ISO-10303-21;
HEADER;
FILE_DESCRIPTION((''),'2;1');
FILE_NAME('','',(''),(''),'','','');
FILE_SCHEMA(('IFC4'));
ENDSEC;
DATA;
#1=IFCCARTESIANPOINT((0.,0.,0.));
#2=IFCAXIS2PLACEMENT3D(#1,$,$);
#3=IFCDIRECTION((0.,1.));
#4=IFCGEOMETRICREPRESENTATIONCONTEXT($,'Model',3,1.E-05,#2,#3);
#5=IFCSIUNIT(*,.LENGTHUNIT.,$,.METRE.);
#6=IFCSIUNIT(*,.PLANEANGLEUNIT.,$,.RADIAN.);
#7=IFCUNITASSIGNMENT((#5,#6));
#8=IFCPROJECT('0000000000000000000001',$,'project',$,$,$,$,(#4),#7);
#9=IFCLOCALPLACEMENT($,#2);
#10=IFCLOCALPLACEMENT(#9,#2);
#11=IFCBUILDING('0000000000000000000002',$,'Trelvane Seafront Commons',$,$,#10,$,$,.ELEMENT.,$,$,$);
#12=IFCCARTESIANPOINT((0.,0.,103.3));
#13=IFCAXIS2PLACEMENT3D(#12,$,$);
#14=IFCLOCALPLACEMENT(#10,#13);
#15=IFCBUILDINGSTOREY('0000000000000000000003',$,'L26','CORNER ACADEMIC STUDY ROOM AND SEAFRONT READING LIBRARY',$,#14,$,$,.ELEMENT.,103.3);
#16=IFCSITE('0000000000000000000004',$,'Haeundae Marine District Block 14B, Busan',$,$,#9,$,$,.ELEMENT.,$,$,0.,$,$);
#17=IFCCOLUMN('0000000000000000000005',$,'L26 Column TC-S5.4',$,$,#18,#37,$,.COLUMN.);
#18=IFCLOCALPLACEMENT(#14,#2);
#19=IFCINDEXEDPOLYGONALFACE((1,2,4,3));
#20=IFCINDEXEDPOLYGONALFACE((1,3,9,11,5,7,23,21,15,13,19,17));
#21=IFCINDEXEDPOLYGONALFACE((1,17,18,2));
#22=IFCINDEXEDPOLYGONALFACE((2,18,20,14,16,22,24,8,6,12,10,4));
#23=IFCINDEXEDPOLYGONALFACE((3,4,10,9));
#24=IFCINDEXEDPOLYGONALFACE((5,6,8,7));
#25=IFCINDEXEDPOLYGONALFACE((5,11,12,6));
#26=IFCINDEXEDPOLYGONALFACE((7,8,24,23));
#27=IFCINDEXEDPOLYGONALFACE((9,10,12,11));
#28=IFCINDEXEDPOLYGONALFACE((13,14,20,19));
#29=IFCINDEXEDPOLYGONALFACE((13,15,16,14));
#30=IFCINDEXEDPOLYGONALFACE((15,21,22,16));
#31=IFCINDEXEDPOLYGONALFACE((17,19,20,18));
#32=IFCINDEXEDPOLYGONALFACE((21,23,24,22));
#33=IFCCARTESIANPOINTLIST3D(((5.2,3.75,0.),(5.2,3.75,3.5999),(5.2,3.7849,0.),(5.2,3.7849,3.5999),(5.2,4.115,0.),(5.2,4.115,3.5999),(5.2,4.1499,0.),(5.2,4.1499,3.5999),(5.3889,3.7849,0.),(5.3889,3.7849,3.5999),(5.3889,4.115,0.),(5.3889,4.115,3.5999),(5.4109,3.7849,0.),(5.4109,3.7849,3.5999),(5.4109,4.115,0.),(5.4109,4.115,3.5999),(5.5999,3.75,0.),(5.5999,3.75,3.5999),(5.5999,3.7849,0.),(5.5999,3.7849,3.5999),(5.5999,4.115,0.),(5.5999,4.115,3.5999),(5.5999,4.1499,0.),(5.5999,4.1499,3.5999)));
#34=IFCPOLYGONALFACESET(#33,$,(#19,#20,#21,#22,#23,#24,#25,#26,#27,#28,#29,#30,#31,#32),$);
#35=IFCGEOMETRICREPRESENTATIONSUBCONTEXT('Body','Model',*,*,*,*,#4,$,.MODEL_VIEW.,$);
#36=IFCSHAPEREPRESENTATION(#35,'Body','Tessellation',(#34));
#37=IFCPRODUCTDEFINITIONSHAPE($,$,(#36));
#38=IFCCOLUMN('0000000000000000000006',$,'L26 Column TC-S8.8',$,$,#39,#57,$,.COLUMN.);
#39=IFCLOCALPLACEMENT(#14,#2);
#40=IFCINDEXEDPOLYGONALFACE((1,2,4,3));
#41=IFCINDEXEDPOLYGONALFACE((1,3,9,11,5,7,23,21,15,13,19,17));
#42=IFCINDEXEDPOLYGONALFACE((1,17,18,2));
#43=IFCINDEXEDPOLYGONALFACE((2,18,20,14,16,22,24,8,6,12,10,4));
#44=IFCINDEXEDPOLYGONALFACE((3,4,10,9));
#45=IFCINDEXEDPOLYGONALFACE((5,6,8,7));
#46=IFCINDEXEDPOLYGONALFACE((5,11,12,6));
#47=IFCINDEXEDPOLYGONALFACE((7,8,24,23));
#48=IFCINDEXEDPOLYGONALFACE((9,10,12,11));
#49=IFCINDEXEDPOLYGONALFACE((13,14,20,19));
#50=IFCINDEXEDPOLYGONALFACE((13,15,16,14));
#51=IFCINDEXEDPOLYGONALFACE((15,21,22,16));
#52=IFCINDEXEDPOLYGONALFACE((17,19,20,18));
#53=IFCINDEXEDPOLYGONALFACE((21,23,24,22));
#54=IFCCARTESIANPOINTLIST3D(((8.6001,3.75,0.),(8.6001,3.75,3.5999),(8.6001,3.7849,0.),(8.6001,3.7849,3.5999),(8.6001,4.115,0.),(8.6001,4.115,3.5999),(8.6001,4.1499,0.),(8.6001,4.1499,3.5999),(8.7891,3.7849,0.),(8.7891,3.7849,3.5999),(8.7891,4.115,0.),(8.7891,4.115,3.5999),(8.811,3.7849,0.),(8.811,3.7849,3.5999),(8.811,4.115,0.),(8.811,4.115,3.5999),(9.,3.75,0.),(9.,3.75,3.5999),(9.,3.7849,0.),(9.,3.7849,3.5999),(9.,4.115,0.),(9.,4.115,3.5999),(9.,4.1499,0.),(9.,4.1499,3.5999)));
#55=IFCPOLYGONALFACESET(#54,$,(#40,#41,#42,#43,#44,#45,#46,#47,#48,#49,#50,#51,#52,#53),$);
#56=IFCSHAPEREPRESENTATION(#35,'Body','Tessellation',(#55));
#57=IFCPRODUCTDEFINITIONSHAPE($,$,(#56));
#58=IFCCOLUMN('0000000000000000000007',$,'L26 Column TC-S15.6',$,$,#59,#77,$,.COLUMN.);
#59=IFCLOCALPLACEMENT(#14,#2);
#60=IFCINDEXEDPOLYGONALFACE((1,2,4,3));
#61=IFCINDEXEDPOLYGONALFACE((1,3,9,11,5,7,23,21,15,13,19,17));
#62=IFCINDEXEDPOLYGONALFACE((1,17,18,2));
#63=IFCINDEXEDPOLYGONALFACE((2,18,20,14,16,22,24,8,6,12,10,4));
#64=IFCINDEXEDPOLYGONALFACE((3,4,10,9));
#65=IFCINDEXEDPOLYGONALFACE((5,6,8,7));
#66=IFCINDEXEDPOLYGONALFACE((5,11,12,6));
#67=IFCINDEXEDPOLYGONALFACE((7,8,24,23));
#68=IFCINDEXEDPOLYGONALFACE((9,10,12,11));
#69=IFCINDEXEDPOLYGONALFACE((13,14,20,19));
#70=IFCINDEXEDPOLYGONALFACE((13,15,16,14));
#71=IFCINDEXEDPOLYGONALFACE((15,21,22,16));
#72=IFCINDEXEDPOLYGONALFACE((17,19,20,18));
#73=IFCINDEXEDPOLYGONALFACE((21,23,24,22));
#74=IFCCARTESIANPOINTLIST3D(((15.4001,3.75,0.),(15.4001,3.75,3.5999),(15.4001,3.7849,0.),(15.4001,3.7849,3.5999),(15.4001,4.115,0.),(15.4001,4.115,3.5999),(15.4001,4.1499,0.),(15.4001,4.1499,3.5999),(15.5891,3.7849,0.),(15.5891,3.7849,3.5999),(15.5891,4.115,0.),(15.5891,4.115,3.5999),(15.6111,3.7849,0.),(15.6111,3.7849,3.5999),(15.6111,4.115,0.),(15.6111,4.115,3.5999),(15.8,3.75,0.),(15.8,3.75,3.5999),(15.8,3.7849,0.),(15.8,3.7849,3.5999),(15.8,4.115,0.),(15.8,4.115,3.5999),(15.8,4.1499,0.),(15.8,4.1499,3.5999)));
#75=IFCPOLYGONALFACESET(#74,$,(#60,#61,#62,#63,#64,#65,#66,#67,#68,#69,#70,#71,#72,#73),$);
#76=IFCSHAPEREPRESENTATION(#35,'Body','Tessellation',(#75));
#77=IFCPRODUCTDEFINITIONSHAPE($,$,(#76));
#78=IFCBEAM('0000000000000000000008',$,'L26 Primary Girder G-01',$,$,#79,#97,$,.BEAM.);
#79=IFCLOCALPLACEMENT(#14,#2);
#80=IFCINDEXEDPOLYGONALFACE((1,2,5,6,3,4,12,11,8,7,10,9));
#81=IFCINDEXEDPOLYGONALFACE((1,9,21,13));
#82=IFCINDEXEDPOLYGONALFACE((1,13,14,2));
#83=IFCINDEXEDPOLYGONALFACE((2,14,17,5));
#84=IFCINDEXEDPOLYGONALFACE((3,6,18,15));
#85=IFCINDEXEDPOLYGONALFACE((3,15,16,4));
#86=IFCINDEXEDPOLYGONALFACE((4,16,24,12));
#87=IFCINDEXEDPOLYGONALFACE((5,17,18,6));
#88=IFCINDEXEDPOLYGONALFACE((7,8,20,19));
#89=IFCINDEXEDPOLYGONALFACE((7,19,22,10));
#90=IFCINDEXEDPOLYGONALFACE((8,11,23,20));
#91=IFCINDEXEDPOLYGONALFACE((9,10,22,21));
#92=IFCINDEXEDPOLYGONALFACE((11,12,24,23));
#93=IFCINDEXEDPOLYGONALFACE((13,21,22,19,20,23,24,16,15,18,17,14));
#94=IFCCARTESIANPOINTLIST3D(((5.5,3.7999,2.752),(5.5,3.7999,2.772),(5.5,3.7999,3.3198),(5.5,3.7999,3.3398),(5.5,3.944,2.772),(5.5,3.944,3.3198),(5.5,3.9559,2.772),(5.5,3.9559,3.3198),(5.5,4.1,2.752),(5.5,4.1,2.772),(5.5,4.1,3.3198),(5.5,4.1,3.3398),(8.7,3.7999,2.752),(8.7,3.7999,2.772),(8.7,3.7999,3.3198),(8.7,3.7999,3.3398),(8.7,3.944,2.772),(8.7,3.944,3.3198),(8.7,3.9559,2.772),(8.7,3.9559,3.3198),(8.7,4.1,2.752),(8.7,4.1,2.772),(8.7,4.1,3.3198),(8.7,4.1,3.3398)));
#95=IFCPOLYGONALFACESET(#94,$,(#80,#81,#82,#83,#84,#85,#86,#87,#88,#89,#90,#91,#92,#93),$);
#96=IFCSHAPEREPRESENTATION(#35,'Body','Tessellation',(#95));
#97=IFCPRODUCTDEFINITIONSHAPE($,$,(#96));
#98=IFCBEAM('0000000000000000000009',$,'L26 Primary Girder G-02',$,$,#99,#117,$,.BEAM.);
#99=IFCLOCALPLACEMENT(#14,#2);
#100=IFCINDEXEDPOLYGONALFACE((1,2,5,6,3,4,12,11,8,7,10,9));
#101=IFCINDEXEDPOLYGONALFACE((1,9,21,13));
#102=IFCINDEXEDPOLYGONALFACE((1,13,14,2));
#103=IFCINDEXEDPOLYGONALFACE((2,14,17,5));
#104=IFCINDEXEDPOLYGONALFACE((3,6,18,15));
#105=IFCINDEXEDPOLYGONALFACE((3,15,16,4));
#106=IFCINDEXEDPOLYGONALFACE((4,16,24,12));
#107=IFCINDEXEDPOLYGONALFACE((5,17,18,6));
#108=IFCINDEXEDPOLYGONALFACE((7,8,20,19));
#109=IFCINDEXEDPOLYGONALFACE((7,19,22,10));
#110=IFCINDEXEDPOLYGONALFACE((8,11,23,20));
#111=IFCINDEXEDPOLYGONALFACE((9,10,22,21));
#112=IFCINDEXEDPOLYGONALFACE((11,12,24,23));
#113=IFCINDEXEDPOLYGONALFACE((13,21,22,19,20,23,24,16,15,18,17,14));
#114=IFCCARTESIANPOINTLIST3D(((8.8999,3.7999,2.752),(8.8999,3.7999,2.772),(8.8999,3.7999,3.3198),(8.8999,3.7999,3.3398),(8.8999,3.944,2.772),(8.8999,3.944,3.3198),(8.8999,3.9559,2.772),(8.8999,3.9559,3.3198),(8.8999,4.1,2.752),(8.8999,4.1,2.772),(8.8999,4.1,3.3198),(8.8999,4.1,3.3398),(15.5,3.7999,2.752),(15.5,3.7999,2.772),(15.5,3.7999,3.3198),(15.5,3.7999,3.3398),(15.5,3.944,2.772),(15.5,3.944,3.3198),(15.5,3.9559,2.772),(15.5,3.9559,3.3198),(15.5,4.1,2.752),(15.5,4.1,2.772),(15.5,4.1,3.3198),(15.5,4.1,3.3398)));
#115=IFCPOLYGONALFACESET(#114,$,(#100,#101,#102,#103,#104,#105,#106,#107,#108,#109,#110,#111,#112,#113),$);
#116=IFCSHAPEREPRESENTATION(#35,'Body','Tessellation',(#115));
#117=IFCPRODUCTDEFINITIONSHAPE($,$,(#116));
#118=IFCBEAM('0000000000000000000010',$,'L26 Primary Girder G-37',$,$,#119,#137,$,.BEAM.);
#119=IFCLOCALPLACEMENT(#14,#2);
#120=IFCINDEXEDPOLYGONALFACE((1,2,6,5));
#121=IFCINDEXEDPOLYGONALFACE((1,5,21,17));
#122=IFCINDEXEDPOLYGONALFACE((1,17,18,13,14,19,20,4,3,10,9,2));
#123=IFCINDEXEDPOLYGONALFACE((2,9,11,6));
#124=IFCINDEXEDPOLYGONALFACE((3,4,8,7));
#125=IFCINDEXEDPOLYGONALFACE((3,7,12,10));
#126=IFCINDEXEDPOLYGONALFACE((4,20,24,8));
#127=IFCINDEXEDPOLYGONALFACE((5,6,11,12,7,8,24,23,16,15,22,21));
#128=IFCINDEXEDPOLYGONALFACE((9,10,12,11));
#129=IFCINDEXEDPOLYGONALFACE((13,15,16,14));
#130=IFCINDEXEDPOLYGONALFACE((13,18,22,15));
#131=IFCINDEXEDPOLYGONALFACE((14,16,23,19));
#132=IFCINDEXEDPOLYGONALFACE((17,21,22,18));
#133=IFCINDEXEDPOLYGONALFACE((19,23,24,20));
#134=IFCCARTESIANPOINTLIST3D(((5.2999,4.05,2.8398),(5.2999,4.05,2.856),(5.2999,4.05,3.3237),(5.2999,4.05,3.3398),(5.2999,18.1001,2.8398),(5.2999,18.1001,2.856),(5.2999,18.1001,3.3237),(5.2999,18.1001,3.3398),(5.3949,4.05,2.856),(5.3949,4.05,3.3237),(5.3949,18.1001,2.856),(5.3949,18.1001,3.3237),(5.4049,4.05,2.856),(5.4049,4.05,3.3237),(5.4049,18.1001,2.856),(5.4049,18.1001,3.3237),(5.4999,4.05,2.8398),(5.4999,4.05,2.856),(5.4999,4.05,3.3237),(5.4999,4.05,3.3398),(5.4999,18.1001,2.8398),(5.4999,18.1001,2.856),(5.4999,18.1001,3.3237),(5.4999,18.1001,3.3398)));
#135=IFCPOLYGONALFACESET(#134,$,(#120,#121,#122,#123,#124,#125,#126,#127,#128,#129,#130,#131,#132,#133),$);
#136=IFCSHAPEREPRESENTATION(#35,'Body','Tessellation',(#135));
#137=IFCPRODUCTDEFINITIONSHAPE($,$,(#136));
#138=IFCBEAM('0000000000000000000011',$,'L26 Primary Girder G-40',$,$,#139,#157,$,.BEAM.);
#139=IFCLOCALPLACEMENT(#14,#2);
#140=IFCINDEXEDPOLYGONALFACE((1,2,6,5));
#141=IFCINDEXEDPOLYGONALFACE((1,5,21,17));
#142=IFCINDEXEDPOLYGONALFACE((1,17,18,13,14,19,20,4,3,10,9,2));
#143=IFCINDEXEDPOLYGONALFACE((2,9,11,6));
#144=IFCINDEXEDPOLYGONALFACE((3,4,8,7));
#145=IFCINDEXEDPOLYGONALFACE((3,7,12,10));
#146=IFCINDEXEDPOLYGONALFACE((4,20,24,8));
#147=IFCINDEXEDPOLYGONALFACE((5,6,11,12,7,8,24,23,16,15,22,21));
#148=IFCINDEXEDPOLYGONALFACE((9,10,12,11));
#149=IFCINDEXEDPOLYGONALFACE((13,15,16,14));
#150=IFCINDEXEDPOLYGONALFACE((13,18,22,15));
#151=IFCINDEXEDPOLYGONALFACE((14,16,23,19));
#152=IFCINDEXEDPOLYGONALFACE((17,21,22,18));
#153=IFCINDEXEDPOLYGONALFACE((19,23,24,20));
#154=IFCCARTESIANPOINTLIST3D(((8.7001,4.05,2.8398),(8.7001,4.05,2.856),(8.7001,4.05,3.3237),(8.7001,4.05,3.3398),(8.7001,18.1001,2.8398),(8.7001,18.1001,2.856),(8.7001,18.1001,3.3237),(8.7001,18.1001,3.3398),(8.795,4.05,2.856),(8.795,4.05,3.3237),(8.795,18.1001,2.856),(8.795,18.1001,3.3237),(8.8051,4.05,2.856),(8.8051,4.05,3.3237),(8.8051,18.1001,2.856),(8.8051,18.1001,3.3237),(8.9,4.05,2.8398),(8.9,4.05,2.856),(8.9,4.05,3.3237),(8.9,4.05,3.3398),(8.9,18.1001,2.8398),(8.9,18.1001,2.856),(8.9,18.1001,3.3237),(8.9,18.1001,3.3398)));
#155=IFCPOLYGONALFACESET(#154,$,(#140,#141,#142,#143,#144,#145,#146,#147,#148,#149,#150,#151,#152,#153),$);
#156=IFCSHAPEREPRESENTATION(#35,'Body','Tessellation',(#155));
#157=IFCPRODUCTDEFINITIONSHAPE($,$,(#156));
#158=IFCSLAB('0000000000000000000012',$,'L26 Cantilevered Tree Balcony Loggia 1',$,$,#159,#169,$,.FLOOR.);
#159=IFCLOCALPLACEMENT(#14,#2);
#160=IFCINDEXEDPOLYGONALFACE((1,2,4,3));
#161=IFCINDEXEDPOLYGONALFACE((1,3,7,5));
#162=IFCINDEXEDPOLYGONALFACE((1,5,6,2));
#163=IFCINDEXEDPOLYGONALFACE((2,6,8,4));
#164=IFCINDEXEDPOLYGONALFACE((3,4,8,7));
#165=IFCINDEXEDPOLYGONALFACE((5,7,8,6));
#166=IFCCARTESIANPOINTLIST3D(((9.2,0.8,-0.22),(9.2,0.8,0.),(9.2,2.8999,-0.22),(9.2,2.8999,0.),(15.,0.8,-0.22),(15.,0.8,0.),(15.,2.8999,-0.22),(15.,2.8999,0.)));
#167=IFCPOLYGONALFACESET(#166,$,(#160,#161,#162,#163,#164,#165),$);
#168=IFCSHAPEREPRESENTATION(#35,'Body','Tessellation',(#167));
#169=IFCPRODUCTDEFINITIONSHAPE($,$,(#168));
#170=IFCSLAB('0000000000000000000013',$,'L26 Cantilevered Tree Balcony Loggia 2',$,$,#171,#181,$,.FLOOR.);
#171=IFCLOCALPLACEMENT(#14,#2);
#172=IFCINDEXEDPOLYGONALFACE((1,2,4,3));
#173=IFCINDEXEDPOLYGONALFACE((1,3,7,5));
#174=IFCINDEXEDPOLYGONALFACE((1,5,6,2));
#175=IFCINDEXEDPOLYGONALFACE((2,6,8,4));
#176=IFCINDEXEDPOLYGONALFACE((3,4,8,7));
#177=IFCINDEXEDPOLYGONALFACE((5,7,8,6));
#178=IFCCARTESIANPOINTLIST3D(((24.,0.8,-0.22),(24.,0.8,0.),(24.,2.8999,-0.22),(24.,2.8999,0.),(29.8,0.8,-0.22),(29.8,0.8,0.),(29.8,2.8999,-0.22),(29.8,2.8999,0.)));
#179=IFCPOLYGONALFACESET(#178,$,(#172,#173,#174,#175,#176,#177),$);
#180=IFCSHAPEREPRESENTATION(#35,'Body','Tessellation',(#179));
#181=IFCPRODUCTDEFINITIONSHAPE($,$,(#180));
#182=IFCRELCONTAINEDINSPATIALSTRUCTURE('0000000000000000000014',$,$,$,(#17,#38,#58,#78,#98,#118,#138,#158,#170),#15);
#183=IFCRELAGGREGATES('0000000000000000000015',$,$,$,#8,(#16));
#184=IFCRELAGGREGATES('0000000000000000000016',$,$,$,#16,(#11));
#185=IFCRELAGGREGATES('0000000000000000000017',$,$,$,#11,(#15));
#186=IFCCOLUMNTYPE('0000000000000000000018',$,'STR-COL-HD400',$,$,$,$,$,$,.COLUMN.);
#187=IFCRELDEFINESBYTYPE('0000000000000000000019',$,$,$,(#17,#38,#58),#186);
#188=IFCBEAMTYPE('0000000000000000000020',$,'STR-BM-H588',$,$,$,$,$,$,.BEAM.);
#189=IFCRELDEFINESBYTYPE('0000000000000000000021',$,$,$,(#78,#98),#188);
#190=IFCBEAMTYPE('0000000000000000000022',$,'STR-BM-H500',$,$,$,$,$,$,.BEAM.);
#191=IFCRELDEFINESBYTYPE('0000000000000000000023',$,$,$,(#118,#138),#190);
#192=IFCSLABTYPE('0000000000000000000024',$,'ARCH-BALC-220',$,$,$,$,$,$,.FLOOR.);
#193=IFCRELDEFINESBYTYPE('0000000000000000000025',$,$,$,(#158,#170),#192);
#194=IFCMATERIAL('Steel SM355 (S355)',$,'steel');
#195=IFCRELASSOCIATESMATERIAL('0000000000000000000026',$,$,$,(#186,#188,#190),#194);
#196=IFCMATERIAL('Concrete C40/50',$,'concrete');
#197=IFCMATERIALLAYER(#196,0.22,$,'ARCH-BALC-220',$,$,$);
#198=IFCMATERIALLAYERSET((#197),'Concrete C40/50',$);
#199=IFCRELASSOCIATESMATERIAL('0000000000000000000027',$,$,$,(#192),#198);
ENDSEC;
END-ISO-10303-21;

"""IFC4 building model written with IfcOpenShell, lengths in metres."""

from ifc_helpers import new_model, si_unit, direction, frame, origin, origin_2d, place, context, subcontext, project, spatial, polyline, i_section, outline, extrude, source, transform, mapped, material, layer, layer_set, material_profile, profile_set, type_object, element, save


model = new_model("IFC4")

# Units and contexts
model_context = context("Model", 3, precision=1e-05, world=origin(), true_north=direction((0.0, 1.0)))
body_context = subcontext(model_context, "Body", "Model", "MODEL_VIEW")
ifc_project = project(units=[si_unit("LENGTHUNIT", "METRE"), si_unit("PLANEANGLEUNIT", "RADIAN")], contexts=[model_context])

# Site, building, storey
site_placement = place(None, origin())
site = spatial("IfcSite", under=ifc_project, at=site_placement, Name="Haeundae Marine District Block 14B, Busan", CompositionType="ELEMENT", RefElevation=0.0)
building_placement = place(site_placement, origin())
building = spatial("IfcBuilding", under=site, at=building_placement, Name="Trelvane Seafront Commons", CompositionType="ELEMENT")
storey_placement = place(building_placement, frame((0.0, 0.0, 103.3)))
storey = spatial("IfcBuildingStorey", under=building, at=storey_placement, Name="L26", Description="CORNER ACADEMIC STUDY ROOM AND SEAFRONT READING LIBRARY", CompositionType="ELEMENT", Elevation=103.3)

# Columns
ifc_material_1 = material(Name="Steel SM355 (S355)", Category="steel")
ifc_material_profile_1 = material_profile(ifc_material_1, i_section(OverallWidth=0.3999, OverallDepth=0.3999, WebThickness=0.022, FlangeThickness=0.0349, at=origin_2d()), Name="HD-400x400x22x35")
ifc_profile_set_1 = profile_set([ifc_material_profile_1], Name="Steel SM355 (S355)")
column_type = type_object("IfcColumnType", Name="STR-COL-HD400", PredefinedType="COLUMN", material=ifc_profile_set_1)
shared_shape_1 = source(origin(), body_context, "Body", "SweptSolid", [
    extrude(i_section(OverallWidth=0.3999, OverallDepth=0.3999, WebThickness=0.022, FlangeThickness=0.0349, at=origin_2d()), origin(), (0.0, 0.0, 1.0), 3.5999),
])
for number, where, z_axis, x_axis, name in (
    (1, (5.3999, 3.95, 0.0), (0.0, 0.0, 1.0), (1.0, 0.0, 0.0), "L26 Column TC-S5.4"),
    (2, (8.8, 3.95, 0.0), (0.0, 0.0, 1.0), (1.0, 0.0, 0.0), "L26 Column TC-S8.8"),
    (3, (15.6001, 3.95, 0.0), (0.0, 0.0, 1.0), (1.0, 0.0, 0.0), "L26 Column TC-S15.6"),
):
    element("IfcColumn", number, at=place(storey_placement, frame(where, z_axis=z_axis, x_axis=x_axis)), inside=storey, type_object=column_type, Name=name, PredefinedType="COLUMN", context=body_context, shape_type="MappedRepresentation", body=[
        mapped(shared_shape_1, transform((0.0, 0.0, 0.0), x_axis=(1.0, 0.0, 0.0), y_axis=(0.0, 1.0, 0.0), z_axis=(0.0, 0.0, 1.0), scale=1.0)),
    ])

# Beams
ifc_material_profile_2 = material_profile(ifc_material_1, i_section(OverallWidth=0.3, OverallDepth=0.5879, WebThickness=0.012, FlangeThickness=0.02, at=origin_2d()), Name="H-588x300x12x20")
ifc_profile_set_2 = profile_set([ifc_material_profile_2], Name="Steel SM355 (S355)")
beam_type_1 = type_object("IfcBeamType", Name="STR-BM-H588", PredefinedType="BEAM", material=ifc_profile_set_2)
shared_shape_2 = source(origin(), body_context, "Body", "SweptSolid", [
    extrude(i_section(OverallWidth=0.3, OverallDepth=0.5879, WebThickness=0.012, FlangeThickness=0.02, at=origin_2d()), origin(), (0.0, 0.0, 1.0), 3.2),
])
beam_1_placement = place(storey_placement, frame((5.5, 3.95, 3.0459), z_axis=(1.0, 0.0, 0.0), x_axis=(0.0, 1.0, 0.0)))
element("IfcBeam", 4, at=beam_1_placement, inside=storey, type_object=beam_type_1, Name="L26 Primary Girder G-01", PredefinedType="BEAM", context=body_context, shape_type="MappedRepresentation", body=[
    mapped(shared_shape_2, transform((0.0, 0.0, 0.0), x_axis=(1.0, 0.0, 0.0), y_axis=(0.0, 1.0, 0.0), z_axis=(0.0, 0.0, 1.0), scale=1.0)),
])
shared_shape_3 = source(origin(), body_context, "Body", "SweptSolid", [
    extrude(i_section(OverallWidth=0.3, OverallDepth=0.5879, WebThickness=0.012, FlangeThickness=0.02, at=origin_2d()), origin(), (0.0, 0.0, 1.0), 6.6001),
])
beam_2_placement = place(storey_placement, frame((8.8999, 3.95, 3.0459), z_axis=(1.0, 0.0, 0.0), x_axis=(0.0, 1.0, 0.0)))
element("IfcBeam", 5, at=beam_2_placement, inside=storey, type_object=beam_type_1, Name="L26 Primary Girder G-02", PredefinedType="BEAM", context=body_context, shape_type="MappedRepresentation", body=[
    mapped(shared_shape_3, transform((0.0, 0.0, 0.0), x_axis=(1.0, 0.0, 0.0), y_axis=(0.0, 1.0, 0.0), z_axis=(0.0, 0.0, 1.0), scale=1.0)),
])
ifc_material_profile_3 = material_profile(ifc_material_1, i_section(OverallWidth=0.2, OverallDepth=0.5, WebThickness=0.01, FlangeThickness=0.0161, at=origin_2d()), Name="H-500x200x10x16")
ifc_profile_set_3 = profile_set([ifc_material_profile_3], Name="Steel SM355 (S355)")
beam_type_2 = type_object("IfcBeamType", Name="STR-BM-H500", PredefinedType="BEAM", material=ifc_profile_set_3)
shared_shape_4 = source(origin(), body_context, "Body", "SweptSolid", [
    extrude(i_section(OverallWidth=0.2, OverallDepth=0.5, WebThickness=0.01, FlangeThickness=0.0161, at=origin_2d()), origin(), (0.0, 0.0, 1.0), 14.05),
])
for number, where, z_axis, x_axis, name in (
    (6, (5.3999, 4.05, 3.0898), (0.0, 1.0, 0.0), (-1.0, 0.0, 0.0), "L26 Primary Girder G-37"),
    (7, (8.8, 4.05, 3.0898), (0.0, 1.0, 0.0), (-1.0, 0.0, 0.0), "L26 Primary Girder G-40"),
):
    element("IfcBeam", number, at=place(storey_placement, frame(where, z_axis=z_axis, x_axis=x_axis)), inside=storey, type_object=beam_type_2, Name=name, PredefinedType="BEAM", context=body_context, shape_type="MappedRepresentation", body=[
        mapped(shared_shape_4, transform((0.0, 0.0, 0.0), x_axis=(1.0, 0.0, 0.0), y_axis=(0.0, 1.0, 0.0), z_axis=(0.0, 0.0, 1.0), scale=1.0)),
    ])

# Slabs
ifc_material_2 = material(Name="Concrete C40/50", Category="concrete")
ifc_layer_1 = layer(ifc_material_2, 0.22, Name="ARCH-BALC-220")
ifc_layer_set_1 = layer_set([ifc_layer_1], Name="Concrete C40/50")
slab_type_1 = type_object("IfcSlabType", Name="ARCH-BALC-220", PredefinedType="FLOOR", material=ifc_layer_set_1)
slab_1_placement = place(storey_placement, frame((0.0, 0.0, -0.22)))
element("IfcSlab", 8, at=slab_1_placement, inside=storey, type_object=slab_type_1, Name="L26 Cantilevered Tree Balcony Loggia 1", PredefinedType="FLOOR", context=body_context, shape_type="SweptSolid", body=[
    extrude(outline(polyline([(9.2, 0.8), (15.0, 0.8), (15.0, 2.8999), (9.2, 2.8999), (9.2, 0.8)])), origin(), (0.0, 0.0, 1.0), 0.22),
])
slab_2_placement = place(storey_placement, frame((0.0, 0.0, -0.22)))
element("IfcSlab", 9, at=slab_2_placement, inside=storey, type_object=slab_type_1, Name="L26 Cantilevered Tree Balcony Loggia 2", PredefinedType="FLOOR", context=body_context, shape_type="SweptSolid", body=[
    extrude(outline(polyline([(24.0, 0.8), (29.8, 0.8), (29.8, 2.8999), (24.0, 2.8999), (24.0, 0.8)])), origin(), (0.0, 0.0, 1.0), 0.22),
])

save(model, "model.ifc")
